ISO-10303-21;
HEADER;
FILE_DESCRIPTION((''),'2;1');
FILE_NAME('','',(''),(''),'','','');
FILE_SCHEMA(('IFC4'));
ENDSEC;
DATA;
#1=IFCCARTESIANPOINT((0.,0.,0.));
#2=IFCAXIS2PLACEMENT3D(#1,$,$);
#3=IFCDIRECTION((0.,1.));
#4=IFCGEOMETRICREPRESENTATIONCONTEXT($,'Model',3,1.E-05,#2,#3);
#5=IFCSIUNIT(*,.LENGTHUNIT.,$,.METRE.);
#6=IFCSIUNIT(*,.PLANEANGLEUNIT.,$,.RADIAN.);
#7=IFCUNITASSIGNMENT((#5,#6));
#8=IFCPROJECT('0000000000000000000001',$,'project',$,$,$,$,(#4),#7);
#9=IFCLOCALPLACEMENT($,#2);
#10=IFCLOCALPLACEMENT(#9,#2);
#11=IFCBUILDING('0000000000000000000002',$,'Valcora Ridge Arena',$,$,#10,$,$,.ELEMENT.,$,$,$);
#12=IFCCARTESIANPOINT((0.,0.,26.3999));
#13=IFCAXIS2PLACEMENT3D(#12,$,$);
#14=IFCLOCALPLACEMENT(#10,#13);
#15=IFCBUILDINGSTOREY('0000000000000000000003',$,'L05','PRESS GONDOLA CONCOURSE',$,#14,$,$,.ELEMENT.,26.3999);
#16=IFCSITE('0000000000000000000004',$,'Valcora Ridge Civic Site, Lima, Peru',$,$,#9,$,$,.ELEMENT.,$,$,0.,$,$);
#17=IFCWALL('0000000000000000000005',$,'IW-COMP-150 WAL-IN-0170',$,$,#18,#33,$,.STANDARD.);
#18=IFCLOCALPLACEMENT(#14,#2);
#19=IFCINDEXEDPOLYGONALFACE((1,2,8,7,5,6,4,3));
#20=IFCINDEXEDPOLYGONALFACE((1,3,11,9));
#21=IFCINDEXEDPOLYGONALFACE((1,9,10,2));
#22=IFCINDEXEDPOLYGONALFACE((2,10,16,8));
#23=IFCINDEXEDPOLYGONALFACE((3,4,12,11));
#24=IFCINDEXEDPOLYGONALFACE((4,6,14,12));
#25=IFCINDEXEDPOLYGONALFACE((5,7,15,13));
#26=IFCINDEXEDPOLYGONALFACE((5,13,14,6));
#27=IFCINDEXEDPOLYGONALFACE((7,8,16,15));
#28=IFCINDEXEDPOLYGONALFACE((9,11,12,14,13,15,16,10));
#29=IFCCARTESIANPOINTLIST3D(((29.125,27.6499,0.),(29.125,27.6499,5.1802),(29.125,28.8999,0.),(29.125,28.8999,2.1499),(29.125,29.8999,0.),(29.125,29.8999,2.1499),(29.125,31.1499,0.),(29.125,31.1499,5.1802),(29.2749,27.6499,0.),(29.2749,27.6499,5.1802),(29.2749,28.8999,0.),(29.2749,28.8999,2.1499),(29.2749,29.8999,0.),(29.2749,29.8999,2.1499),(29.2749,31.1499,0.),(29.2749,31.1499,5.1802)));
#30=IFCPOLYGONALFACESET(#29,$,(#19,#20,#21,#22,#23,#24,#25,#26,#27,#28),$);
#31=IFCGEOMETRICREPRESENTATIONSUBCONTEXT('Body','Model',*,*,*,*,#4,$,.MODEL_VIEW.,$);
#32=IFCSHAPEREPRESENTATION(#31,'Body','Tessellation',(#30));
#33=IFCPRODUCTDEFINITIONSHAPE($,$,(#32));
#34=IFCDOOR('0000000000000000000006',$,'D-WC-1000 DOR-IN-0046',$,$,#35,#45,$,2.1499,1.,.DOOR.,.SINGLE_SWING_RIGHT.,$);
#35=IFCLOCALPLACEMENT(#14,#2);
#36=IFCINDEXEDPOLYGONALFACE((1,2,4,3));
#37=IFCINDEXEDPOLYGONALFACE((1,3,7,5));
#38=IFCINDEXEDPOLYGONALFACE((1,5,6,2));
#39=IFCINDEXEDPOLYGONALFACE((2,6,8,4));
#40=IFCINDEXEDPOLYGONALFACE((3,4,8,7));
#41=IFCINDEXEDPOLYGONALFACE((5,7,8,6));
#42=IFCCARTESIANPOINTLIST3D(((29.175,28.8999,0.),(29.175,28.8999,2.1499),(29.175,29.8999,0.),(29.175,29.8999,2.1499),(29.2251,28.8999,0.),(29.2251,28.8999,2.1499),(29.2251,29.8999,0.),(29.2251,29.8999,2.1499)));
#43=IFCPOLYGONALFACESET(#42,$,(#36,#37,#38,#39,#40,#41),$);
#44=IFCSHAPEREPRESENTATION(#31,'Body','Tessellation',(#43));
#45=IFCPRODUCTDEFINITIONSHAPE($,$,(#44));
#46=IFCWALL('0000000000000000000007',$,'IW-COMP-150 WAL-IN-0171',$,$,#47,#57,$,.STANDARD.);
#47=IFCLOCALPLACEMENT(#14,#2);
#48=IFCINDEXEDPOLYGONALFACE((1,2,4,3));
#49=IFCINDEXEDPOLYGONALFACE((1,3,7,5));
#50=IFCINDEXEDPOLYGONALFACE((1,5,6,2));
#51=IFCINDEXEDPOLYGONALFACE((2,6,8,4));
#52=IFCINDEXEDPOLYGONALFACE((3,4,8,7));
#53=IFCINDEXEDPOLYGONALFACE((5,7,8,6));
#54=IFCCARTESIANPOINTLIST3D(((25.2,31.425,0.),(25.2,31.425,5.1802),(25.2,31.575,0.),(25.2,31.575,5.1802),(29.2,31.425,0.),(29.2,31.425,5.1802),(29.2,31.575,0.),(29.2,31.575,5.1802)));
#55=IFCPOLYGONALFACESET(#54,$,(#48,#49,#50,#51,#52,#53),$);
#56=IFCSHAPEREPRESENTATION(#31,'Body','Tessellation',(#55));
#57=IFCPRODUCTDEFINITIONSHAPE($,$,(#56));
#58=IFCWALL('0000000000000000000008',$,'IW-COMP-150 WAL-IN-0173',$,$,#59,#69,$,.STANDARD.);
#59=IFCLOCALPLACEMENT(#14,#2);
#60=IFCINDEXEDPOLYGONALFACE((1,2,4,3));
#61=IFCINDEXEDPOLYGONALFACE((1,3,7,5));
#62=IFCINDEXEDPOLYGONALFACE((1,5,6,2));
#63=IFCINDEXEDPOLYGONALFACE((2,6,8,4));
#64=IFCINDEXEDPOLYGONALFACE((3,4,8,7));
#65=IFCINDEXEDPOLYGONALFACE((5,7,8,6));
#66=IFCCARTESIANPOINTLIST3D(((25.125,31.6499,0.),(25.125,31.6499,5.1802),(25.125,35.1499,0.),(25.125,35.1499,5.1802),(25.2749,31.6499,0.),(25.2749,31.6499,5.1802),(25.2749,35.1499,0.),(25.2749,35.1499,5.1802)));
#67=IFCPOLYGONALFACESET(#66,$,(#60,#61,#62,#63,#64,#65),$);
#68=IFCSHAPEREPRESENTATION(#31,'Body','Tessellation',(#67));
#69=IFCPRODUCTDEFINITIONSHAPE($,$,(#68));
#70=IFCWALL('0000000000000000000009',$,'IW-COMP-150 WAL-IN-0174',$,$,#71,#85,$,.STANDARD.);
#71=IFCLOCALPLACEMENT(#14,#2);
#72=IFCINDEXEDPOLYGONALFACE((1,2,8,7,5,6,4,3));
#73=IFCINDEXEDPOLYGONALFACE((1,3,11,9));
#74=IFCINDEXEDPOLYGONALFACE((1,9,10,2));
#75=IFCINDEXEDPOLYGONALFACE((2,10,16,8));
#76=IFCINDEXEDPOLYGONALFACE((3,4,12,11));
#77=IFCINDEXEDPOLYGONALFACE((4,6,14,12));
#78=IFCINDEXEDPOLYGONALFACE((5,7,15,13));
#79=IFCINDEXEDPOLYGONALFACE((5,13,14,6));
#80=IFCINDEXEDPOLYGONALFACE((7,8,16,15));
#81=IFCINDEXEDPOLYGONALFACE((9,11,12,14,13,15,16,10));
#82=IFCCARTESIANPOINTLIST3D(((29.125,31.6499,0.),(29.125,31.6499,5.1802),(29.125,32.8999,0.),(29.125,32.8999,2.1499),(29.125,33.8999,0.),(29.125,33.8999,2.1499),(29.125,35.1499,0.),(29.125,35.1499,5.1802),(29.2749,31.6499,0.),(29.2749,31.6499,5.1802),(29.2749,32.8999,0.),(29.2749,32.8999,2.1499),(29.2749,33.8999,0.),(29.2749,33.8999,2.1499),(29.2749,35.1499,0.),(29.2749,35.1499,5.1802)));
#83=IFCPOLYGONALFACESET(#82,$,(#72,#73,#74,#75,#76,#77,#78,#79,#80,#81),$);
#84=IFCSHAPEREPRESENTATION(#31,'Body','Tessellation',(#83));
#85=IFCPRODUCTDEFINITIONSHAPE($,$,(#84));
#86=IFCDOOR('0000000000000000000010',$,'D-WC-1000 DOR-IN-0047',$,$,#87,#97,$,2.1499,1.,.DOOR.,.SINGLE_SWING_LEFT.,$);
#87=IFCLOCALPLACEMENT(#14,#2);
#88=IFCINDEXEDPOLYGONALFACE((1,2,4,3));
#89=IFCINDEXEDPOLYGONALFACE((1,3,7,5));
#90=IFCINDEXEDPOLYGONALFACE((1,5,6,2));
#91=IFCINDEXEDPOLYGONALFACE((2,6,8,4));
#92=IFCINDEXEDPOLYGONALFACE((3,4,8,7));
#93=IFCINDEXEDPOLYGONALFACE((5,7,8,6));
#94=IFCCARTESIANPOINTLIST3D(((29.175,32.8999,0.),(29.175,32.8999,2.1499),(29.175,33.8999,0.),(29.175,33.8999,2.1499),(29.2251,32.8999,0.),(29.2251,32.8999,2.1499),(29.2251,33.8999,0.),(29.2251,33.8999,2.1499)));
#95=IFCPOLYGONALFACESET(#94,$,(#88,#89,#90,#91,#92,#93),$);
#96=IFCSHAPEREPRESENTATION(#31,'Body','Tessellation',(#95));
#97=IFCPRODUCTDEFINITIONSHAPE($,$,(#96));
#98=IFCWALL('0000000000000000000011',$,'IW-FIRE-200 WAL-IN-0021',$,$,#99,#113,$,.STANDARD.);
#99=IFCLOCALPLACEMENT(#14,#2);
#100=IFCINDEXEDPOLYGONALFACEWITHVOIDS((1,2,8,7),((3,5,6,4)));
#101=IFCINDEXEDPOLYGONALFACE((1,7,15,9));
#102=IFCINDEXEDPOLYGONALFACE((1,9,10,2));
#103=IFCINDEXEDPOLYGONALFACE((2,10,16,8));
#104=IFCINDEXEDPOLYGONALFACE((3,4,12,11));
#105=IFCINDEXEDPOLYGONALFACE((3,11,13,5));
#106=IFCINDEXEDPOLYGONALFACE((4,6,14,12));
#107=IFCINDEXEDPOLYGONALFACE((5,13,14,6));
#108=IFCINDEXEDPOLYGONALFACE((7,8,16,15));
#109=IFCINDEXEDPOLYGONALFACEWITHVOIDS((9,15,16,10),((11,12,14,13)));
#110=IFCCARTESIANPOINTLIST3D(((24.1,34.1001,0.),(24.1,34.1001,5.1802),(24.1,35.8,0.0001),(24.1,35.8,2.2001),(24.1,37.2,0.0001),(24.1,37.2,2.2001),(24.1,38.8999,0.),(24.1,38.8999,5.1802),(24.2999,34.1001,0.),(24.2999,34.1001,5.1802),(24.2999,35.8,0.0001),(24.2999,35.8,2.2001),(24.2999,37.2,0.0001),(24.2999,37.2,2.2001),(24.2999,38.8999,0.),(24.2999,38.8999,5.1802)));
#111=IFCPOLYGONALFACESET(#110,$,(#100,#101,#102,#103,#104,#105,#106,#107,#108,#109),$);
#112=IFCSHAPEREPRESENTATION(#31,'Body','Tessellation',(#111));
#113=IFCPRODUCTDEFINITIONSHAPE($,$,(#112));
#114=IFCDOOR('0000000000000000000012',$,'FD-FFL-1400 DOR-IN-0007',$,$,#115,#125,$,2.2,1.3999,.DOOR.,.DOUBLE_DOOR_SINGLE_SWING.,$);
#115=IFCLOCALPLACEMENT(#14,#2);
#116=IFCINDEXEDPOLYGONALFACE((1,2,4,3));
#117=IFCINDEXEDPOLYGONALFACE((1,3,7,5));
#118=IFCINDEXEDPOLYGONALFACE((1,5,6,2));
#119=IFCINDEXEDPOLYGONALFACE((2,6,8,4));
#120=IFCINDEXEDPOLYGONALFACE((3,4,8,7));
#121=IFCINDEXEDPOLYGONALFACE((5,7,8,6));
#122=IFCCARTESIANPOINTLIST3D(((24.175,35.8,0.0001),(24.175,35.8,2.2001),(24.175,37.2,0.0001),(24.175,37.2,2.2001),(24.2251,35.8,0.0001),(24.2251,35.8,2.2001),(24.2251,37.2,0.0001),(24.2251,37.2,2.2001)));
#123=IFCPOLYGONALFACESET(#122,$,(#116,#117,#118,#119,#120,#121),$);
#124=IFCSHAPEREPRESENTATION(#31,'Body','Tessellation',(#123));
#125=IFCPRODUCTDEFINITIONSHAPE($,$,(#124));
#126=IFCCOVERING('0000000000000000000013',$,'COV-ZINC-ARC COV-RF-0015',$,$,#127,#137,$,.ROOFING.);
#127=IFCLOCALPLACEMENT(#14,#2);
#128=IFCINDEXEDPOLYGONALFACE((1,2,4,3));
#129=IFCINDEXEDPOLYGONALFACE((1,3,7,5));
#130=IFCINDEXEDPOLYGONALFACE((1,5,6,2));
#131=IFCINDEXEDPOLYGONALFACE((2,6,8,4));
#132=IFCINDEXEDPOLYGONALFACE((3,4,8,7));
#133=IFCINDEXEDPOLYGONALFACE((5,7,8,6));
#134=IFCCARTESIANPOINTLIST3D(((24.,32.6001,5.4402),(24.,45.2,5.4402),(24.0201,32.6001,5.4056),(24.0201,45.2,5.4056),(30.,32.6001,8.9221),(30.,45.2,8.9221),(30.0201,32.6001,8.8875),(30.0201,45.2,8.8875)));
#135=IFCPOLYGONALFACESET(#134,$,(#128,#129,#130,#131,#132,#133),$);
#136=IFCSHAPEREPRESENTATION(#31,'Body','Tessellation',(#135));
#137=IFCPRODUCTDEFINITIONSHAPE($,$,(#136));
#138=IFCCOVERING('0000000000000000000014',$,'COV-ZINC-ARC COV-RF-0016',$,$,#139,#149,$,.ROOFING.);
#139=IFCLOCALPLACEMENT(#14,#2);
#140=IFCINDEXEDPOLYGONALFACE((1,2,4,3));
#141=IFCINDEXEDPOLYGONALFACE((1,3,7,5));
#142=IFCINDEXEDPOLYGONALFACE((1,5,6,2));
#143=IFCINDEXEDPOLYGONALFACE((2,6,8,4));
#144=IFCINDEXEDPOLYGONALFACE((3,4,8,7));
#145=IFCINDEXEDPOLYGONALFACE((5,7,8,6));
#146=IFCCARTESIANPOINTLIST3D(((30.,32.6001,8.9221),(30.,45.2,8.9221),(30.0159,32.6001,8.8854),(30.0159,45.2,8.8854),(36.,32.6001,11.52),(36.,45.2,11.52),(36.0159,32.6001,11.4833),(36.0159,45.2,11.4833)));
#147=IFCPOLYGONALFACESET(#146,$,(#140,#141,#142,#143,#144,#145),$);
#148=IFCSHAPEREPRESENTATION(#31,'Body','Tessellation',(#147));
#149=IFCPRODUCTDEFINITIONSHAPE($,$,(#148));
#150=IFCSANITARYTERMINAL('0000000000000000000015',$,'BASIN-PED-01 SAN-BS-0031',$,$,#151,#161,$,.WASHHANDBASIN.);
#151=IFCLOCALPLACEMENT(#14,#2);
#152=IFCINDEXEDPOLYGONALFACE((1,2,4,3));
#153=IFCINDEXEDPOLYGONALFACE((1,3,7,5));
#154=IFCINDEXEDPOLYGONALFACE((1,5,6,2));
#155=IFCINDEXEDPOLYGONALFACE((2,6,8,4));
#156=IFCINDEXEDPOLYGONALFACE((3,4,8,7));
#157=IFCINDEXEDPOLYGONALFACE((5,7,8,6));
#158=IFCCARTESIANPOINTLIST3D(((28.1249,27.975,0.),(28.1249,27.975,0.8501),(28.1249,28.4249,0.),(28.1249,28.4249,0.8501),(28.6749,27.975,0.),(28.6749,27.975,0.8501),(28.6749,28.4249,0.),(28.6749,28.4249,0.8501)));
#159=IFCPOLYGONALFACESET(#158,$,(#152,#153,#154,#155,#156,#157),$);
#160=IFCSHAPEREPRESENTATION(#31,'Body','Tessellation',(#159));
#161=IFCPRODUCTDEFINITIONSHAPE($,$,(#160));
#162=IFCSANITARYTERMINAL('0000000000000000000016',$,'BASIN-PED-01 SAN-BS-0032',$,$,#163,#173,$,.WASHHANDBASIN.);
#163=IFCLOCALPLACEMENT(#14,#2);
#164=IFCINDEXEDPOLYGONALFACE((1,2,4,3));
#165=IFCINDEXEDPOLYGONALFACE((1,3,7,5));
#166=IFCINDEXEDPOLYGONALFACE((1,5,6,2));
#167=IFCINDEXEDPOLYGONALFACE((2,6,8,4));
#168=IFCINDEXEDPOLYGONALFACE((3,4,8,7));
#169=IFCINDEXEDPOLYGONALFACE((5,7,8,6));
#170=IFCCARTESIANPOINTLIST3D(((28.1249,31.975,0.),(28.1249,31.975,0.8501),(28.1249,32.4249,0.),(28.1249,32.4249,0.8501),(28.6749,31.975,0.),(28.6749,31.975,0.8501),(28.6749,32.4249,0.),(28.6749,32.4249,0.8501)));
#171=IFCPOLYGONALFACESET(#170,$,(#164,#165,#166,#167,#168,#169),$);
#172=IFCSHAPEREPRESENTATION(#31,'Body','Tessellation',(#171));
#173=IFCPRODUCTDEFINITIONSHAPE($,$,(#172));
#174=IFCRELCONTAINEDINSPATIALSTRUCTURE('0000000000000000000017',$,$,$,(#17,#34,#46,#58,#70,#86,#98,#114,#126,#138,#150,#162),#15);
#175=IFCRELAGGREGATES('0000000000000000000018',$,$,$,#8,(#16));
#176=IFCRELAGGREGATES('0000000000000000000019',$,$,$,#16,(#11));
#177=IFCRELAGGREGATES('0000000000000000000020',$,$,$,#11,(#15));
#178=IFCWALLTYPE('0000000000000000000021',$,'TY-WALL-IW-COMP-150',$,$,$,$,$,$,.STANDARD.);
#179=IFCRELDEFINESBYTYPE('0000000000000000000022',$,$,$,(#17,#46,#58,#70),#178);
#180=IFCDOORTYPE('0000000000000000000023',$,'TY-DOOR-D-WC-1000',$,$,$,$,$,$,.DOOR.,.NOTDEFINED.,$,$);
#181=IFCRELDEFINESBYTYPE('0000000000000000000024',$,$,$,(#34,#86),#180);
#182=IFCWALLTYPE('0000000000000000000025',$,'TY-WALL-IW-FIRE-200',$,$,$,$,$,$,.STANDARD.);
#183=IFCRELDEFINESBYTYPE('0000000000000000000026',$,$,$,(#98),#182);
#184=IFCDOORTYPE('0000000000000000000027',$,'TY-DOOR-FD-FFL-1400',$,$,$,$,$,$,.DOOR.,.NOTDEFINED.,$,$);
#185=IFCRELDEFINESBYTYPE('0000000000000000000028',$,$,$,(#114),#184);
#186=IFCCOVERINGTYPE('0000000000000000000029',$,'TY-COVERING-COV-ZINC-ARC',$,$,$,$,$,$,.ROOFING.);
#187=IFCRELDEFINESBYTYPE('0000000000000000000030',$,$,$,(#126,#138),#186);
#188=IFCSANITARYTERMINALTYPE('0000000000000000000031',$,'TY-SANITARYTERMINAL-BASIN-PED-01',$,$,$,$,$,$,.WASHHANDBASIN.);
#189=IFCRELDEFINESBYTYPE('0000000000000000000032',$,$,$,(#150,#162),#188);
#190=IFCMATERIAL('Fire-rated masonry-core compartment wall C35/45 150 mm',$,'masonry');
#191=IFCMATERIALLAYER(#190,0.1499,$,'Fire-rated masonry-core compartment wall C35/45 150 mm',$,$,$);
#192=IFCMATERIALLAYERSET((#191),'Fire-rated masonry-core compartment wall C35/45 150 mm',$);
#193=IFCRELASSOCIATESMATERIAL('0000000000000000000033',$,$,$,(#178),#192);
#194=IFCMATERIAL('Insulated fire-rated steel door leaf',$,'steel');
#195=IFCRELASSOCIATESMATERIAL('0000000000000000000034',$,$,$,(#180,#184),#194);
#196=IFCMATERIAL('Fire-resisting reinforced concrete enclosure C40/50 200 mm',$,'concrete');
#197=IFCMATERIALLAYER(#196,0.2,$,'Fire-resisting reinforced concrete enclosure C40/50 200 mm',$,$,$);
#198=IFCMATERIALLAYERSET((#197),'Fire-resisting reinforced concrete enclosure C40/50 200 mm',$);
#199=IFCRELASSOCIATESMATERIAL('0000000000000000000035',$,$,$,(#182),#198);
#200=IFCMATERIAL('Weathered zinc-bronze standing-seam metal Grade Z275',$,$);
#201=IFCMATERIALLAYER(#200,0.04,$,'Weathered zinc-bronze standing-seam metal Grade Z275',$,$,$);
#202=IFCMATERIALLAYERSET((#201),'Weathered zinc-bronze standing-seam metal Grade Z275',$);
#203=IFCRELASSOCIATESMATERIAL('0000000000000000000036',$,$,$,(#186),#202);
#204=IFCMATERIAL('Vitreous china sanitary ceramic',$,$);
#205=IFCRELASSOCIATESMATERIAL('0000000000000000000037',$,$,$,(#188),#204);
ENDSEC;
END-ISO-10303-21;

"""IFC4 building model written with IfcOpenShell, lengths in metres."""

from ifc_helpers import new_model, si_unit, direction, frame, frame_2d, origin, origin_2d, place, context, subcontext, project, spatial, polyline, rectangle, outline, extrude, material, layer, layer_set, type_object, element, fill, save


model = new_model("IFC4")

# Units and contexts
model_context = context("Model", 3, precision=1e-05, world=origin(), true_north=direction((0.0, 1.0)))
body_context = subcontext(model_context, "Body", "Model", "MODEL_VIEW")
ifc_project = project(units=[si_unit("LENGTHUNIT", "METRE"), si_unit("PLANEANGLEUNIT", "RADIAN")], contexts=[model_context])

# Site, building, storey
site_placement = place(None, origin())
site = spatial("IfcSite", under=ifc_project, at=site_placement, Name="Valcora Ridge Civic Site, Lima, Peru", CompositionType="ELEMENT", RefElevation=0.0)
building_placement = place(site_placement, origin())
building = spatial("IfcBuilding", under=site, at=building_placement, Name="Valcora Ridge Arena", CompositionType="ELEMENT")
storey_placement = place(building_placement, frame((0.0, 0.0, 26.3999)))
storey = spatial("IfcBuildingStorey", under=building, at=storey_placement, Name="L05", Description="PRESS GONDOLA CONCOURSE", CompositionType="ELEMENT", Elevation=26.3999)

# Shared definitions
ifc_material_1 = material(Name="Fire-rated masonry-core compartment wall C35/45 150 mm", Category="masonry")
ifc_layer_1 = layer(ifc_material_1, 0.1499, Name="Fire-rated masonry-core compartment wall C35/45 150 mm")
ifc_layer_set_1 = layer_set([ifc_layer_1], Name="Fire-rated masonry-core compartment wall C35/45 150 mm")
wall_type_1 = type_object("IfcWallType", Name="TY-WALL-IW-COMP-150", PredefinedType="STANDARD", material=ifc_layer_set_1)

# Wall, opening, door
wall_1_placement = place(storey_placement, frame((29.2, 27.6499, 0.0), z_axis=(0.0, 0.0, 1.0), x_axis=(0.0, 1.0, 0.0)))
wall_1 = element("IfcWall", 1, at=wall_1_placement, inside=storey, type_object=wall_type_1, Name="IW-COMP-150 WAL-IN-0170", PredefinedType="STANDARD", context=body_context, shape_type="SweptSolid", body=[
    extrude(rectangle(XDim=3.5, YDim=0.1499, at=frame_2d((1.75, 0.0))), origin(), (0.0, 0.0, 1.0), 5.1802),
])
opening_1_placement = place(wall_1_placement, frame((1.25, 0.0, 0.0)))
opening_1 = element("IfcOpeningElement", 2, at=opening_1_placement, cuts=wall_1, PredefinedType="OPENING", context=body_context, shape_type="SweptSolid", body=[
    extrude(rectangle(XDim=1.0, YDim=2.1499, at=frame_2d((0.5, 1.075))), frame((0.0, 0.085, 0.0), z_axis=(0.0, -1.0, 0.0), x_axis=(1.0, 0.0, 0.0)), (0.0, 0.0, 1.0), 0.1699),
])
ifc_material_2 = material(Name="Insulated fire-rated steel door leaf", Category="steel")
door_type_1 = type_object("IfcDoorType", Name="TY-DOOR-D-WC-1000", OperationType="NOTDEFINED", PredefinedType="DOOR", material=ifc_material_2)
door_1_placement = place(opening_1_placement, origin())
door_1 = element("IfcDoor", 3, at=door_1_placement, inside=storey, type_object=door_type_1, Name="D-WC-1000 DOR-IN-0046", OperationType="SINGLE_SWING_RIGHT", OverallHeight=2.1499, OverallWidth=1.0, PredefinedType="DOOR", context=body_context, shape_type="SweptSolid", body=[
    extrude(rectangle(XDim=1.0, YDim=2.1499, at=frame_2d((0.5, 1.075))), frame((0.0, 0.0249, 0.0), z_axis=(0.0, -1.0, 0.0), x_axis=(1.0, 0.0, 0.0)), (0.0, 0.0, 1.0), 0.05),
])
fill(opening_1, door_1)

# Walls
wall_2_placement = place(storey_placement, frame((25.2, 31.5, 0.0), z_axis=(0.0, 0.0, 1.0), x_axis=(1.0, 0.0, 0.0)))
element("IfcWall", 4, at=wall_2_placement, inside=storey, type_object=wall_type_1, Name="IW-COMP-150 WAL-IN-0171", PredefinedType="STANDARD", context=body_context, shape_type="SweptSolid", body=[
    extrude(rectangle(XDim=4.0, YDim=0.1499, at=frame_2d((2.0, 0.0))), origin(), (0.0, 0.0, 1.0), 5.1802),
])
wall_3_placement = place(storey_placement, frame((25.2, 31.6499, 0.0), z_axis=(0.0, 0.0, 1.0), x_axis=(0.0, 1.0, 0.0)))
element("IfcWall", 5, at=wall_3_placement, inside=storey, type_object=wall_type_1, Name="IW-COMP-150 WAL-IN-0173", PredefinedType="STANDARD", context=body_context, shape_type="SweptSolid", body=[
    extrude(rectangle(XDim=3.5, YDim=0.1499, at=frame_2d((1.75, 0.0))), origin(), (0.0, 0.0, 1.0), 5.1802),
])

# Walls, openings, doors
wall_4_placement = place(storey_placement, frame((29.2, 31.6499, 0.0), z_axis=(0.0, 0.0, 1.0), x_axis=(0.0, 1.0, 0.0)))
wall_4 = element("IfcWall", 6, at=wall_4_placement, inside=storey, type_object=wall_type_1, Name="IW-COMP-150 WAL-IN-0174", PredefinedType="STANDARD", context=body_context, shape_type="SweptSolid", body=[
    extrude(rectangle(XDim=3.5, YDim=0.1499, at=frame_2d((1.75, 0.0))), origin(), (0.0, 0.0, 1.0), 5.1802),
])
opening_2_placement = place(wall_4_placement, frame((1.25, 0.0, 0.0)))
opening_2 = element("IfcOpeningElement", 7, at=opening_2_placement, cuts=wall_4, PredefinedType="OPENING", context=body_context, shape_type="SweptSolid", body=[
    extrude(rectangle(XDim=1.0, YDim=2.1499, at=frame_2d((0.5, 1.075))), frame((0.0, 0.085, 0.0), z_axis=(0.0, -1.0, 0.0), x_axis=(1.0, 0.0, 0.0)), (0.0, 0.0, 1.0), 0.1699),
])
door_2_placement = place(opening_2_placement, origin())
door_2 = element("IfcDoor", 8, at=door_2_placement, inside=storey, type_object=door_type_1, Name="D-WC-1000 DOR-IN-0047", OperationType="SINGLE_SWING_LEFT", OverallHeight=2.1499, OverallWidth=1.0, PredefinedType="DOOR", context=body_context, shape_type="SweptSolid", body=[
    extrude(rectangle(XDim=1.0, YDim=2.1499, at=frame_2d((0.5, 1.075))), frame((0.0, 0.0249, 0.0), z_axis=(0.0, -1.0, 0.0), x_axis=(1.0, 0.0, 0.0)), (0.0, 0.0, 1.0), 0.05),
])
fill(opening_2, door_2)
ifc_material_3 = material(Name="Fire-resisting reinforced concrete enclosure C40/50 200 mm", Category="concrete")
ifc_layer_2 = layer(ifc_material_3, 0.2, Name="Fire-resisting reinforced concrete enclosure C40/50 200 mm")
ifc_layer_set_2 = layer_set([ifc_layer_2], Name="Fire-resisting reinforced concrete enclosure C40/50 200 mm")
wall_type_2 = type_object("IfcWallType", Name="TY-WALL-IW-FIRE-200", PredefinedType="STANDARD", material=ifc_layer_set_2)
wall_5_placement = place(storey_placement, frame((24.2, 34.1001, 0.0), z_axis=(0.0, 0.0, 1.0), x_axis=(0.0, 1.0, 0.0)))
wall_5 = element("IfcWall", 9, at=wall_5_placement, inside=storey, type_object=wall_type_2, Name="IW-FIRE-200 WAL-IN-0021", PredefinedType="STANDARD", context=body_context, shape_type="SweptSolid", body=[
    extrude(rectangle(XDim=4.7998, YDim=0.2, at=frame_2d((2.3999, 0.0))), origin(), (0.0, 0.0, 1.0), 5.1802),
])
opening_3_placement = place(wall_5_placement, frame((1.7, 0.0, 0.0)))
opening_3 = element("IfcOpeningElement", 10, at=opening_3_placement, cuts=wall_5, PredefinedType="OPENING", context=body_context, shape_type="SweptSolid", body=[
    extrude(rectangle(XDim=1.3999, YDim=2.2, at=frame_2d((0.7, 1.1001))), frame((0.0, 0.1099, 0.0), z_axis=(0.0, -1.0, 0.0), x_axis=(1.0, 0.0, 0.0)), (0.0, 0.0, 1.0), 0.22),
])
door_type_2 = type_object("IfcDoorType", Name="TY-DOOR-FD-FFL-1400", OperationType="NOTDEFINED", PredefinedType="DOOR", material=ifc_material_2)
door_3_placement = place(opening_3_placement, origin())
door_3 = element("IfcDoor", 11, at=door_3_placement, inside=storey, type_object=door_type_2, Name="FD-FFL-1400 DOR-IN-0007", OperationType="DOUBLE_DOOR_SINGLE_SWING", OverallHeight=2.2, OverallWidth=1.3999, PredefinedType="DOOR", context=body_context, shape_type="SweptSolid", body=[
    extrude(rectangle(XDim=1.3999, YDim=2.2, at=frame_2d((0.7, 1.1001))), frame((0.0, 0.0249, 0.0), z_axis=(0.0, -1.0, 0.0), x_axis=(1.0, 0.0, 0.0)), (0.0, 0.0, 1.0), 0.05),
])
fill(opening_3, door_3)

# Coverings
ifc_material_4 = material(Name="Weathered zinc-bronze standing-seam metal Grade Z275")
ifc_layer_3 = layer(ifc_material_4, 0.04, Name="Weathered zinc-bronze standing-seam metal Grade Z275")
ifc_layer_set_3 = layer_set([ifc_layer_3], Name="Weathered zinc-bronze standing-seam metal Grade Z275")
covering_type = type_object("IfcCoveringType", Name="TY-COVERING-COV-ZINC-ARC", PredefinedType="ROOFING", material=ifc_layer_set_3)
covering_1_placement = place(storey_placement, frame((24.0, 32.6001, 5.4402), z_axis=(-0.501927, 0.0, 0.86491), x_axis=(0.86491, 0.0, 0.501927)))
element("IfcCovering", 12, at=covering_1_placement, inside=storey, type_object=covering_type, Name="COV-ZINC-ARC COV-RF-0015", PredefinedType="ROOFING", context=body_context, shape_type="SweptSolid", body=[
    extrude(outline(polyline([(0.0, 0.0), (6.9371, 0.0), (6.9371, 12.5999), (0.0, 12.5999), (0.0, 0.0)])), origin(), (0.0, 0.0, -1.0), 0.04),
])
covering_2_placement = place(storey_placement, frame((30.0, 32.6001, 8.9221), z_axis=(-0.397337, 0.0, 0.917673), x_axis=(0.917673, 0.0, 0.397337)))
element("IfcCovering", 13, at=covering_2_placement, inside=storey, type_object=covering_type, Name="COV-ZINC-ARC COV-RF-0016", PredefinedType="ROOFING", context=body_context, shape_type="SweptSolid", body=[
    extrude(outline(polyline([(0.0, 0.0), (6.5383, 0.0), (6.5383, 12.5999), (0.0, 12.5999), (0.0, 0.0)])), origin(), (0.0, 0.0, -1.0), 0.04),
])

# Sanitary terminals
ifc_material_5 = material(Name="Vitreous china sanitary ceramic")
sanitary_terminal_type_1 = type_object("IfcSanitaryTerminalType", Name="TY-SANITARYTERMINAL-BASIN-PED-01", PredefinedType="WASHHANDBASIN", material=ifc_material_5)
for number, where, z_axis, x_axis, name in (
    (14, (28.3999, 28.2, 0.0), (0.0, 0.0, 1.0), (1.0, 0.0, 0.0), "BASIN-PED-01 SAN-BS-0031"),
    (15, (28.3999, 32.2, 0.0), (0.0, 0.0, 1.0), (1.0, 0.0, 0.0), "BASIN-PED-01 SAN-BS-0032"),
):
    element("IfcSanitaryTerminal", number, at=place(storey_placement, frame(where, z_axis=z_axis, x_axis=x_axis)), inside=storey, type_object=sanitary_terminal_type_1, Name=name, PredefinedType="WASHHANDBASIN", context=body_context, shape_type="SweptSolid", body=[
        extrude(rectangle(XDim=0.55, YDim=0.45, at=origin_2d()), origin(), (0.0, 0.0, 1.0), 0.8501),
    ])

save(model, "model.ifc")
